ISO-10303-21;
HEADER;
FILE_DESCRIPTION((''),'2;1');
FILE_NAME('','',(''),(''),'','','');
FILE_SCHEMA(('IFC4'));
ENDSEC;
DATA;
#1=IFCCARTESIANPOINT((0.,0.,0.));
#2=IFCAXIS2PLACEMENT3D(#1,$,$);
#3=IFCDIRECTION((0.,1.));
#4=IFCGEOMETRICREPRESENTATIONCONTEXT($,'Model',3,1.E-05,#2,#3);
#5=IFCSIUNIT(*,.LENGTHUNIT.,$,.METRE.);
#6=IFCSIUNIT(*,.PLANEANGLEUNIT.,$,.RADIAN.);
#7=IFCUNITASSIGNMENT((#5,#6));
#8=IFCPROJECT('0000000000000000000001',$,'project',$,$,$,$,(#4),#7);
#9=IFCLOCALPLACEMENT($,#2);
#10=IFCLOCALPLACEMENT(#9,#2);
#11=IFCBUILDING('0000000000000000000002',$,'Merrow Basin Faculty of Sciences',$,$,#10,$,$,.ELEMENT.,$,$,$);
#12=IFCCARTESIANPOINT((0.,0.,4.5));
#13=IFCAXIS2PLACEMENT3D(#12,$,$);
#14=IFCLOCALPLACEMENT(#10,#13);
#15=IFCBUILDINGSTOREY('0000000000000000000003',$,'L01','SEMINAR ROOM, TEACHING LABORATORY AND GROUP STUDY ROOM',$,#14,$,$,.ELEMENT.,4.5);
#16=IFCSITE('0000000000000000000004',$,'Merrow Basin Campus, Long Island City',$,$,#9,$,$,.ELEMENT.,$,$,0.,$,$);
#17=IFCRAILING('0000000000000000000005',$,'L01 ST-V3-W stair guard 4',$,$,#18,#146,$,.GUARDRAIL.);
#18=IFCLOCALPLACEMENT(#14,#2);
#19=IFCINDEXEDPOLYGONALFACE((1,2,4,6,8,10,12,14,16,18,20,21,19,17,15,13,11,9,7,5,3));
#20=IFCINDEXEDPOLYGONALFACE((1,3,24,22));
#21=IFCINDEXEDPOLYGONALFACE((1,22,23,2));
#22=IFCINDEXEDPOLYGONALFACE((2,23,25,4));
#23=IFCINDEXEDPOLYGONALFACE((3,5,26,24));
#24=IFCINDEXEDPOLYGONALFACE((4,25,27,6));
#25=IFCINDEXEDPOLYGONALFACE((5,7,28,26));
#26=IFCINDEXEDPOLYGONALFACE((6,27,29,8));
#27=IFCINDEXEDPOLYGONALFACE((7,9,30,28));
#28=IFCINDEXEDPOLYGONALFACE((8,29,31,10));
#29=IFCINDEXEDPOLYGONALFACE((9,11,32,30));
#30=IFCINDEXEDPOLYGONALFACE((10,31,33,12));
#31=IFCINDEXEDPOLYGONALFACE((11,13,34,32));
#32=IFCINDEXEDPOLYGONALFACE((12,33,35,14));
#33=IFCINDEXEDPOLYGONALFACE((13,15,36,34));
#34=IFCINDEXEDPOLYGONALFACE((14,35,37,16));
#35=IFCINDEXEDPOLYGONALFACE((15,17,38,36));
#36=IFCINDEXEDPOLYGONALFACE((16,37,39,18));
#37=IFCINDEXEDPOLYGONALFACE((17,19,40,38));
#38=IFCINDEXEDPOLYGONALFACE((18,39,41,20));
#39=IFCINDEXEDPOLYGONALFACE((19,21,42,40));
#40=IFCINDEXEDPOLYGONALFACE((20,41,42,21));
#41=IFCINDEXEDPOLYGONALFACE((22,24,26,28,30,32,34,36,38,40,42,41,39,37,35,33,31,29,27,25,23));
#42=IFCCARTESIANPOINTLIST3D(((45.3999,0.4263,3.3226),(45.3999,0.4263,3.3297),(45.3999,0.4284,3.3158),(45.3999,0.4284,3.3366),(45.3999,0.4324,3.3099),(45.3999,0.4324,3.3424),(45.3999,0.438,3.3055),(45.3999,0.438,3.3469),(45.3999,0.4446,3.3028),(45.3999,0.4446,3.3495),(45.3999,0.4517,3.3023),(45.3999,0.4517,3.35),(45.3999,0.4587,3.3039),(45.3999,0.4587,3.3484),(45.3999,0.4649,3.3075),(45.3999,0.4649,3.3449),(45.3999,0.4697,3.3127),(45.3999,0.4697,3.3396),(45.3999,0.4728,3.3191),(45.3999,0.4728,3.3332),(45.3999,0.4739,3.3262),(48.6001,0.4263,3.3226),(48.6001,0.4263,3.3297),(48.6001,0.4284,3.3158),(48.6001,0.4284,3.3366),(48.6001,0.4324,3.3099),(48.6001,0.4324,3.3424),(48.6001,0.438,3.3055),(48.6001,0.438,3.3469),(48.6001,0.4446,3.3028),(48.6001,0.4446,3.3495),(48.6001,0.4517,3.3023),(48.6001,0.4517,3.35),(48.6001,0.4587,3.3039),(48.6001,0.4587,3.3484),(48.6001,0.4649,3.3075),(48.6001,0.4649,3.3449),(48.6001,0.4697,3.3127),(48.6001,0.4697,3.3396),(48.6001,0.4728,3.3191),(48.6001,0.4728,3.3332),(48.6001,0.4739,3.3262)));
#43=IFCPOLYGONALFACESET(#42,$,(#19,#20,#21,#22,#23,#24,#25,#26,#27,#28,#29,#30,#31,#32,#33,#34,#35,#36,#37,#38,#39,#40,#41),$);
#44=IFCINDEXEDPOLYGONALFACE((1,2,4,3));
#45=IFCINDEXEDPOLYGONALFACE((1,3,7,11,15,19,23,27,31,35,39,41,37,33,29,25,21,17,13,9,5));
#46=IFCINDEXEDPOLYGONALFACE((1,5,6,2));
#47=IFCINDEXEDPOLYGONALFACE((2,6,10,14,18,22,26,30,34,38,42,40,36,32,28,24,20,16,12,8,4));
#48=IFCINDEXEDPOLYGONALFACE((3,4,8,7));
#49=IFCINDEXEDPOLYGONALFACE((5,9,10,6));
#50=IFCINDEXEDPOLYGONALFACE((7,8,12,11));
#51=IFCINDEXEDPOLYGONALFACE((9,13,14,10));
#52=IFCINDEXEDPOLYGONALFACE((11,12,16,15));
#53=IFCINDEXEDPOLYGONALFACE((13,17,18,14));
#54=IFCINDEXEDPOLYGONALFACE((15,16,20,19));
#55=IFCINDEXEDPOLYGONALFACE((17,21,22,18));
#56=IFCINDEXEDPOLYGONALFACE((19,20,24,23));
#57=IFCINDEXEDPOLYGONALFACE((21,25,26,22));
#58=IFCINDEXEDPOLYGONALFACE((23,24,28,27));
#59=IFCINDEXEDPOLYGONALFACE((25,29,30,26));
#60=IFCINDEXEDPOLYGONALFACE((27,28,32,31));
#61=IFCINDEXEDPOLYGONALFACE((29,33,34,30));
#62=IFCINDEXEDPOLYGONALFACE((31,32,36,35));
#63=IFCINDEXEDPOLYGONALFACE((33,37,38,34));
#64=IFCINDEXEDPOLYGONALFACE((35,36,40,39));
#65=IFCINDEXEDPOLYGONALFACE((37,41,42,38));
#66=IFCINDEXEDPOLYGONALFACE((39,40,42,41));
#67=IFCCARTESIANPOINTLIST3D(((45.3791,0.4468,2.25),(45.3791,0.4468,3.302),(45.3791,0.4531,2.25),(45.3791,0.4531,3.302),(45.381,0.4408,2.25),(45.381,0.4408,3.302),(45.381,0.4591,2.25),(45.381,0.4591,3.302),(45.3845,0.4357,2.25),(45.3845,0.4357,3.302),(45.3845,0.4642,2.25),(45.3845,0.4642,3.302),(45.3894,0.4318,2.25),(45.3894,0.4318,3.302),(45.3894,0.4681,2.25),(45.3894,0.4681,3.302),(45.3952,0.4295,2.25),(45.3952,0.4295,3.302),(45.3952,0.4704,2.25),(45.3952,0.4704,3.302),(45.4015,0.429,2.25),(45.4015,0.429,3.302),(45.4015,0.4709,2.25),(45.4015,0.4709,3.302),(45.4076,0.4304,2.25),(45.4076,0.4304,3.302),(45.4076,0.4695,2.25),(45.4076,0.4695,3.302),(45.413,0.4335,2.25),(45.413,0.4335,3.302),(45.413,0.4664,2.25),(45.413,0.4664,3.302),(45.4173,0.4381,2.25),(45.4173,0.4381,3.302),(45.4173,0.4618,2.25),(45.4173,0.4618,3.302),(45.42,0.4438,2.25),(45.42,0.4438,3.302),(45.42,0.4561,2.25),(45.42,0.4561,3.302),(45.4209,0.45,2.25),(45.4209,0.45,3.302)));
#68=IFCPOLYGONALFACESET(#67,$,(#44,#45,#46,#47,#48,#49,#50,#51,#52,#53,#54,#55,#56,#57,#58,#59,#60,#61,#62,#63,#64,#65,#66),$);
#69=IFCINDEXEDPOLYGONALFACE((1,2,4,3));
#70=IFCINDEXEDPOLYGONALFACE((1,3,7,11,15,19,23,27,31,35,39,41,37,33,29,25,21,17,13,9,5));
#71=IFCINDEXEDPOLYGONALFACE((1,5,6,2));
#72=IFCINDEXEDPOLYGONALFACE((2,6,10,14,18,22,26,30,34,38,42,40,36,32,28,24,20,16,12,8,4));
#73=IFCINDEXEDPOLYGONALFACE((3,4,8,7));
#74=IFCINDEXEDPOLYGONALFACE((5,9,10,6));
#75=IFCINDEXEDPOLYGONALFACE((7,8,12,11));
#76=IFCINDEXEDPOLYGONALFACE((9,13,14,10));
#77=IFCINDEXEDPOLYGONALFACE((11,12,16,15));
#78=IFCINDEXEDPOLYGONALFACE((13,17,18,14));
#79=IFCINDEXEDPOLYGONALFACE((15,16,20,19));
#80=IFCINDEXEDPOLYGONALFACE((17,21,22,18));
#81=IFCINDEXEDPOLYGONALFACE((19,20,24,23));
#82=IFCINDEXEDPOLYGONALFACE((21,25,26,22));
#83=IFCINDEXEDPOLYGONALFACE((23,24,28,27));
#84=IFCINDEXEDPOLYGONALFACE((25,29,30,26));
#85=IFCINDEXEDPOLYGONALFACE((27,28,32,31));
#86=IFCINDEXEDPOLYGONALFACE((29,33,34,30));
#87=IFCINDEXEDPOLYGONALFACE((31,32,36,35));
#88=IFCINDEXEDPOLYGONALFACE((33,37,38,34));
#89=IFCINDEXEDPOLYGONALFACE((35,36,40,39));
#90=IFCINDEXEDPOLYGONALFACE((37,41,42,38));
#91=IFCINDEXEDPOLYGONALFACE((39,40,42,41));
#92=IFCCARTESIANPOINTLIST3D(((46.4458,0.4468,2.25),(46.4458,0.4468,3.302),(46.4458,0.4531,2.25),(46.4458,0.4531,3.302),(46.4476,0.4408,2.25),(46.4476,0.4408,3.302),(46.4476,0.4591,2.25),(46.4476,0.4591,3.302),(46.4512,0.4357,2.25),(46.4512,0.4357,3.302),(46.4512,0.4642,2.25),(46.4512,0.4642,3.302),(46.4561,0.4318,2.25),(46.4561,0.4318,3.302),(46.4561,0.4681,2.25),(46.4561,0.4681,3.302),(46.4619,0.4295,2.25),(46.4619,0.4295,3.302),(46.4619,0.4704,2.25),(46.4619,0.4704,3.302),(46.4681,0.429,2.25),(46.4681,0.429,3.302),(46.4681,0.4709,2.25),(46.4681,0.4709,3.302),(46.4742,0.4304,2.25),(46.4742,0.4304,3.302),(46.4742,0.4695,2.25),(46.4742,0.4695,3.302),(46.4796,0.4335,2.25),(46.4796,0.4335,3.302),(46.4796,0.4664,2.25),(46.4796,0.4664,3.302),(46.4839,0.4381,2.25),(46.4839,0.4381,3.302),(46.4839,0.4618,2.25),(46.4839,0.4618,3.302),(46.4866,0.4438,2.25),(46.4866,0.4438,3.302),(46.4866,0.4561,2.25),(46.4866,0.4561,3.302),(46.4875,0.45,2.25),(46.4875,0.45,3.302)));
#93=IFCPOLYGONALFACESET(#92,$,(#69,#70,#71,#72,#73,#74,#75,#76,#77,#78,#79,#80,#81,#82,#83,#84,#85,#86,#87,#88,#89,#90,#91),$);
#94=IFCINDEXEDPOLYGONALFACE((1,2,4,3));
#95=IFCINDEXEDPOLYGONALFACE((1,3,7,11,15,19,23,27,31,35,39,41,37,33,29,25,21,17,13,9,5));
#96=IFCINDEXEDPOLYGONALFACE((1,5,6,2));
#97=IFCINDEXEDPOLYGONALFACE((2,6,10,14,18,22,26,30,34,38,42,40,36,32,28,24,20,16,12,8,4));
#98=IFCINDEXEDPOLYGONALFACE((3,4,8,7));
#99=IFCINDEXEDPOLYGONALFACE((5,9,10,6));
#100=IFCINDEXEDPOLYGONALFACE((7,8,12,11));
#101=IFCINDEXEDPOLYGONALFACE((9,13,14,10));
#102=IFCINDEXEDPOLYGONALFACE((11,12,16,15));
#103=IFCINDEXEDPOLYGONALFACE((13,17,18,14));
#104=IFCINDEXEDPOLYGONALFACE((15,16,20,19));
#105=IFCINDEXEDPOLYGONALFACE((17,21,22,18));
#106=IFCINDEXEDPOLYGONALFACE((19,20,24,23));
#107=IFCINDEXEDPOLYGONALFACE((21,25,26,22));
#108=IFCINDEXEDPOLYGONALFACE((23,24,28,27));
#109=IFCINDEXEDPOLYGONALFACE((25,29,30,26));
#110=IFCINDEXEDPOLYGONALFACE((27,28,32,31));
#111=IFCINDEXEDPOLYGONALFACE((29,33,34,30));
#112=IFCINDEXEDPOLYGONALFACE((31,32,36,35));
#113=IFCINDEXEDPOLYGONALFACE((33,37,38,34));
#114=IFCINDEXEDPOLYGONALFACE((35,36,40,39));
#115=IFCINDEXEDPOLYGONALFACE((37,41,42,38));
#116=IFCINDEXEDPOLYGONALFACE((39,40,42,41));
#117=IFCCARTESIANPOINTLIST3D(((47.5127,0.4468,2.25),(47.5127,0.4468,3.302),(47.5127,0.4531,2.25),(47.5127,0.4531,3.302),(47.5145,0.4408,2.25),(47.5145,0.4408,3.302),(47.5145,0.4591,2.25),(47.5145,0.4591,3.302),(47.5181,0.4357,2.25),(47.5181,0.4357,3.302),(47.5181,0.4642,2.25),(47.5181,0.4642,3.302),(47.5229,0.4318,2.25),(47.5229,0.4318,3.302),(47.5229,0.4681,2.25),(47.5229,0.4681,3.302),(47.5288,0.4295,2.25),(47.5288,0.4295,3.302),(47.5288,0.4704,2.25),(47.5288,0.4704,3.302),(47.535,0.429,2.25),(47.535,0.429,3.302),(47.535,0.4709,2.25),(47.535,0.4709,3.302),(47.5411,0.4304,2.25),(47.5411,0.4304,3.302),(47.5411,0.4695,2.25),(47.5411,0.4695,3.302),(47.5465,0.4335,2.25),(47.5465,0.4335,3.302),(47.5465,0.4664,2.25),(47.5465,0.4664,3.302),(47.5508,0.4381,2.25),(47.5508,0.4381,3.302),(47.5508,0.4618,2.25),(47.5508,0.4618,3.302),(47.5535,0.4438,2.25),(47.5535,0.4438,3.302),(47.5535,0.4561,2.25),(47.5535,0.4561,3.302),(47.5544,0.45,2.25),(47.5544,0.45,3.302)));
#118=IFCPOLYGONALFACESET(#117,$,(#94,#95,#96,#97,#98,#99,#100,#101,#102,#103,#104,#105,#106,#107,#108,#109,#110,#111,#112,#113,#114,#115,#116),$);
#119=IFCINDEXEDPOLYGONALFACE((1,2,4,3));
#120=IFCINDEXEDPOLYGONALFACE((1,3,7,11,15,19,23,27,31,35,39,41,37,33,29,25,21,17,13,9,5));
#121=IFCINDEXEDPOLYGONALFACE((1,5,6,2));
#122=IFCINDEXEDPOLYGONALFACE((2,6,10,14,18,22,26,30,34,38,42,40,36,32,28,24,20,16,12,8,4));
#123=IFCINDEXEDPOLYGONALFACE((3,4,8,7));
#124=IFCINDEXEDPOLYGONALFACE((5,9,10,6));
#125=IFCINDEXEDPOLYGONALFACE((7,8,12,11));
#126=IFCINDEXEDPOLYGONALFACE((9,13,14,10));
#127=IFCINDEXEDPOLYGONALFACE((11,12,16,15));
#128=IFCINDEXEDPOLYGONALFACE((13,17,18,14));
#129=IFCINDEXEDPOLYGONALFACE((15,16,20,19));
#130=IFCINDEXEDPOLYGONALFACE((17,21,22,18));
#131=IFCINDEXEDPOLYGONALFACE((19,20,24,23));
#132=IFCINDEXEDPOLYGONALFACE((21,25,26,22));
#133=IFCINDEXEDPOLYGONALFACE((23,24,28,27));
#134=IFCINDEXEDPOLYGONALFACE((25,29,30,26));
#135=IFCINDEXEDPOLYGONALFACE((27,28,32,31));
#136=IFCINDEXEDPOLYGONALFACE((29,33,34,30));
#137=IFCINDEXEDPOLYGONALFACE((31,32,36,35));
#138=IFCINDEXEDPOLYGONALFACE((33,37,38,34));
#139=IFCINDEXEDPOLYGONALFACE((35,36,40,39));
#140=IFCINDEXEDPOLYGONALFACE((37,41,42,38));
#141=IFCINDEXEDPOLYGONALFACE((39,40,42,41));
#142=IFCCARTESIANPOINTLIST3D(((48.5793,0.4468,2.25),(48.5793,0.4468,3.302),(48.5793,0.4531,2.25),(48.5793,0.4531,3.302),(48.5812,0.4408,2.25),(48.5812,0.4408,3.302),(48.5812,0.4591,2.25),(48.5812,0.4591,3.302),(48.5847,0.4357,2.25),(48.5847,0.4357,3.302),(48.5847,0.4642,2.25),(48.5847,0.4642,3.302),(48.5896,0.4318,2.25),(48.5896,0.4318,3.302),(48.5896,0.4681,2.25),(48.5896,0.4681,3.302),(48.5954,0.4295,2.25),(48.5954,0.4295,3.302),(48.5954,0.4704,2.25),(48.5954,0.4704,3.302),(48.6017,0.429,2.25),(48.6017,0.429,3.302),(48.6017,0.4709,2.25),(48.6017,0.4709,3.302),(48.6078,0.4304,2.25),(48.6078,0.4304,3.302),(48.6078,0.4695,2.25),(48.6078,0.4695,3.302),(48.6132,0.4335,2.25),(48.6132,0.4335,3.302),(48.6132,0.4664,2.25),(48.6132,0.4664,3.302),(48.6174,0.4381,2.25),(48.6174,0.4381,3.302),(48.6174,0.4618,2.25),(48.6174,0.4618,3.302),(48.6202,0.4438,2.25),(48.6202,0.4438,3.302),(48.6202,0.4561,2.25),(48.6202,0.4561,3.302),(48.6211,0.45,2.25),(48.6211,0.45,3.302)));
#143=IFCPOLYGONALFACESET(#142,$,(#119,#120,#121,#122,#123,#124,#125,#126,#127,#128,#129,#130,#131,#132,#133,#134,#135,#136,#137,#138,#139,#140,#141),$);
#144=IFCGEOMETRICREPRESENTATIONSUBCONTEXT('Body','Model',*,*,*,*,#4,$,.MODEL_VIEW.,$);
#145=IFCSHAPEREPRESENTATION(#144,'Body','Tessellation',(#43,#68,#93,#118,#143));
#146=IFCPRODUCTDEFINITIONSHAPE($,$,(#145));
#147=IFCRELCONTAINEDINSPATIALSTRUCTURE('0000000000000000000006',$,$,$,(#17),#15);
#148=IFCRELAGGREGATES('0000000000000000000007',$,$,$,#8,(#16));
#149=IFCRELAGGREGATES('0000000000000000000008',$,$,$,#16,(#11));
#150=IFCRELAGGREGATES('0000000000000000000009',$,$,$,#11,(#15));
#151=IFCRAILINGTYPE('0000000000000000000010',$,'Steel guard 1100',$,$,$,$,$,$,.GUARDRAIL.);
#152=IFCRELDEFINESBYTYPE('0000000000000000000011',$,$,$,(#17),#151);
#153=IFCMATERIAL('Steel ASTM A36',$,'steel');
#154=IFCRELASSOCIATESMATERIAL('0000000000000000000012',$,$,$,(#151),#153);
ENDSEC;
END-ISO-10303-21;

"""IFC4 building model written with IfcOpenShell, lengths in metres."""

from ifc_helpers import new_model, si_unit, direction, frame, origin, origin_2d, place, context, subcontext, project, spatial, circle, extrude, material, type_object, element, save


model = new_model("IFC4")

# Units and contexts
model_context = context("Model", 3, precision=1e-05, world=origin(), true_north=direction((0.0, 1.0)))
body_context = subcontext(model_context, "Body", "Model", "MODEL_VIEW")
ifc_project = project(units=[si_unit("LENGTHUNIT", "METRE"), si_unit("PLANEANGLEUNIT", "RADIAN")], contexts=[model_context])

# Site, building, storey
site_placement = place(None, origin())
site = spatial("IfcSite", under=ifc_project, at=site_placement, Name="Merrow Basin Campus, Long Island City", CompositionType="ELEMENT", RefElevation=0.0)
building_placement = place(site_placement, origin())
building = spatial("IfcBuilding", under=site, at=building_placement, Name="Merrow Basin Faculty of Sciences", CompositionType="ELEMENT")
storey_placement = place(building_placement, frame((0.0, 0.0, 4.5)))
storey = spatial("IfcBuildingStorey", under=building, at=storey_placement, Name="L01", Description="SEMINAR ROOM, TEACHING LABORATORY AND GROUP STUDY ROOM", CompositionType="ELEMENT", Elevation=4.5)

# Railing
ifc_material_1 = material(Name="Steel ASTM A36", Category="steel")
railing_type = type_object("IfcRailingType", Name="Steel guard 1100", PredefinedType="GUARDRAIL", material=ifc_material_1)
railing_1_placement = place(storey_placement, frame((45.3999, 0.45, 2.25)))
element("IfcRailing", 1, at=railing_1_placement, inside=storey, type_object=railing_type, Name="L01 ST-V3-W stair guard 4", PredefinedType="GUARDRAIL", context=body_context, shape_type="SweptSolid", body=[
    extrude(circle(Radius=0.0239, at=origin_2d()), frame((0.0, 0.0, 1.0762), z_axis=(1.0, 0.0, 0.0), x_axis=(0.0, 1.0, 0.0)), (0.0, 0.0, 1.0), 3.2002),
    extrude(circle(Radius=0.021, at=origin_2d()), origin(), (0.0, 0.0, 1.0), 1.052),
    extrude(circle(Radius=0.021, at=origin_2d()), frame((1.0667, 0.0, 0.0)), (0.0, 0.0, 1.0), 1.052),
    extrude(circle(Radius=0.021, at=origin_2d()), frame((2.1335, 0.0, 0.0)), (0.0, 0.0, 1.0), 1.052),
    extrude(circle(Radius=0.021, at=origin_2d()), frame((3.2002, 0.0, 0.0)), (0.0, 0.0, 1.0), 1.052),
])

save(model, "model.ifc")
